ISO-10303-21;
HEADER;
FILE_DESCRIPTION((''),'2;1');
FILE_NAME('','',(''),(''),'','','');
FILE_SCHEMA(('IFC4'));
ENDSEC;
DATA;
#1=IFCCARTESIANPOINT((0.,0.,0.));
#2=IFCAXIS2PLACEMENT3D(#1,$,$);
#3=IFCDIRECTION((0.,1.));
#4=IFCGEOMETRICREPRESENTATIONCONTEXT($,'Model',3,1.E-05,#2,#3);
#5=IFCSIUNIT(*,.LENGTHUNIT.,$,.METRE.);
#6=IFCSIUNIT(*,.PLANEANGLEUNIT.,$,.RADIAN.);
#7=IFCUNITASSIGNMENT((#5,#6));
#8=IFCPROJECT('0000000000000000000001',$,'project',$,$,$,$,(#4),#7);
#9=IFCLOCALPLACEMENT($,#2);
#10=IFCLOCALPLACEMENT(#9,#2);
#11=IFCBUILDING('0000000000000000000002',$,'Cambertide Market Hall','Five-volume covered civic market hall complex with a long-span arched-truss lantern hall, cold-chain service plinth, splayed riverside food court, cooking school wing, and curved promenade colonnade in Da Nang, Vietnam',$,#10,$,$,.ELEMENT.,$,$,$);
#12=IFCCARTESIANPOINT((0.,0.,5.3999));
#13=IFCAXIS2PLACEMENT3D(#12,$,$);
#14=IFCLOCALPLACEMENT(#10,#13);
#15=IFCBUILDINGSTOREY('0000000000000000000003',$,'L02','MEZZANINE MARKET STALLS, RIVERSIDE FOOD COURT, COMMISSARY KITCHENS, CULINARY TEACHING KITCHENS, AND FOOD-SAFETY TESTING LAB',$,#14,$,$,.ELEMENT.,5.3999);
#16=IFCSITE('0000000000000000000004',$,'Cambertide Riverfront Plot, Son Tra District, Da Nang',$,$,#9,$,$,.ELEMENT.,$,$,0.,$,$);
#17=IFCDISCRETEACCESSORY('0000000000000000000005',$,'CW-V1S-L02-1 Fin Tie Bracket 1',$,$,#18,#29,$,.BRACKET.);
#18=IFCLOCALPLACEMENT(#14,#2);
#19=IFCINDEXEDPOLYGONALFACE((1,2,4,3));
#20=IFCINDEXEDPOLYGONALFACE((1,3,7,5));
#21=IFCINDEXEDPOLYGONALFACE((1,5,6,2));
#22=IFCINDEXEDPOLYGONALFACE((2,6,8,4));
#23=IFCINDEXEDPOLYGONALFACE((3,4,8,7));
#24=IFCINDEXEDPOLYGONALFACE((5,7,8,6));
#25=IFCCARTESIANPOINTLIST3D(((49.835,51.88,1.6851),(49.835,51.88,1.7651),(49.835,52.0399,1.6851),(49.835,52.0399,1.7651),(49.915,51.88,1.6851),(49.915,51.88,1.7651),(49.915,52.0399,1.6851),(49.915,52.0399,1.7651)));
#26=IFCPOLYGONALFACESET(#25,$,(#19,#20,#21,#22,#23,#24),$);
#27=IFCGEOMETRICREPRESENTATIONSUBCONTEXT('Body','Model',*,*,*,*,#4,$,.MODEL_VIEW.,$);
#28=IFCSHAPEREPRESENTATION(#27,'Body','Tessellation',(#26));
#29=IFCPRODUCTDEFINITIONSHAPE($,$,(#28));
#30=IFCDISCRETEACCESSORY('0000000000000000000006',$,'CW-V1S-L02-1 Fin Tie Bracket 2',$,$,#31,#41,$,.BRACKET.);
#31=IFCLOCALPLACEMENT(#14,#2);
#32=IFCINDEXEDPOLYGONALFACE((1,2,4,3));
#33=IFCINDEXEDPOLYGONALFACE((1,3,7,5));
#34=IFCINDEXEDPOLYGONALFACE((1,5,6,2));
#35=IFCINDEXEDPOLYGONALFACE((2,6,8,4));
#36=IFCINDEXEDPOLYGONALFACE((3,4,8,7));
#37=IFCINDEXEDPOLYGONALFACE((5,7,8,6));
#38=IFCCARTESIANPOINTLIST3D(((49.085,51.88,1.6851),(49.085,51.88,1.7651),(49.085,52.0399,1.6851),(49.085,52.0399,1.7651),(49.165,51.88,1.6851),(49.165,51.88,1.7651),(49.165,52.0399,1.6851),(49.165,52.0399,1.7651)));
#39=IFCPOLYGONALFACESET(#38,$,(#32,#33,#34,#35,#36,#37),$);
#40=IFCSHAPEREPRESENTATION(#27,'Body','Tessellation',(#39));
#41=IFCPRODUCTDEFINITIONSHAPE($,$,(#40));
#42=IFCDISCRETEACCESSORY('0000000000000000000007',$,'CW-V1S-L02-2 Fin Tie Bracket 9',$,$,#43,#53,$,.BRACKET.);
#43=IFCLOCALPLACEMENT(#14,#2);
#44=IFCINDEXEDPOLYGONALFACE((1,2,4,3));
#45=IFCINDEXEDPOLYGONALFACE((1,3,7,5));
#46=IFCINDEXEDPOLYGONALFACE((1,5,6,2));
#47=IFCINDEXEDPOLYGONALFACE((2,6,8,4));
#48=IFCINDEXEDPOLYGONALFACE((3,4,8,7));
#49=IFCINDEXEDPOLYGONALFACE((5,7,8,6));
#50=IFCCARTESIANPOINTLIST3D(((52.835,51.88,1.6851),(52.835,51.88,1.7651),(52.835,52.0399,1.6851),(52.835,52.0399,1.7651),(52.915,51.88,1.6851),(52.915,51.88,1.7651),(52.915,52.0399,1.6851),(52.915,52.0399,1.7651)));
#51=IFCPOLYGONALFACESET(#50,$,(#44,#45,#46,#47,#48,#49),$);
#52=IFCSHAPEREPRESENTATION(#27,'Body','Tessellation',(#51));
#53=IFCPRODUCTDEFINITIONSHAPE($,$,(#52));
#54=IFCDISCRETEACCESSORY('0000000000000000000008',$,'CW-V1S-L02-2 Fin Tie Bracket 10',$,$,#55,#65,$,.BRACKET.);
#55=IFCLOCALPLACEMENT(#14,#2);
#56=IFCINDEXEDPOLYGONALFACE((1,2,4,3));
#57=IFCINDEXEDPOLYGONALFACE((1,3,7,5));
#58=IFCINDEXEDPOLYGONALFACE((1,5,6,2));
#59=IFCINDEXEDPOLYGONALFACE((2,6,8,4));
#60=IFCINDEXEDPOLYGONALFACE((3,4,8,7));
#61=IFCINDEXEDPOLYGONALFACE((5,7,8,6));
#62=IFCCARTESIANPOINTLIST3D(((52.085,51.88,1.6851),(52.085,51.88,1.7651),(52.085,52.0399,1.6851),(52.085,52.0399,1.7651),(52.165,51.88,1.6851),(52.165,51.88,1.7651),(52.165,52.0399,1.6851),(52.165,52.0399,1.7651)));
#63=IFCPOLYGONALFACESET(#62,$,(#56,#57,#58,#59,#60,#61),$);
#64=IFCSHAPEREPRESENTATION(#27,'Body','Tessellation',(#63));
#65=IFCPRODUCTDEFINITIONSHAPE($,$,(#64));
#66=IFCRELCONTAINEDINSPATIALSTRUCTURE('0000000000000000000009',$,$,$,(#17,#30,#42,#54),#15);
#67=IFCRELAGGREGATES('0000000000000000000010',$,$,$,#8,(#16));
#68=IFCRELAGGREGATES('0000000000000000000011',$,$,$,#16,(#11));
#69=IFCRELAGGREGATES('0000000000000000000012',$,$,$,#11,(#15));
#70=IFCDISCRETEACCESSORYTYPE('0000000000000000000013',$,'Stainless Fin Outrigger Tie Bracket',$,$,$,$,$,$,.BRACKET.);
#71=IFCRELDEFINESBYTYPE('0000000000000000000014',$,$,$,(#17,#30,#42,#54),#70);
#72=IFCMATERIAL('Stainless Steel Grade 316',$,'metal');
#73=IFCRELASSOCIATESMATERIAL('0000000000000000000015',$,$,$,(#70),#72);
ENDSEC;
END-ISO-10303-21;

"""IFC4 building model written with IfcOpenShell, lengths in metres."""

from ifc_helpers import new_model, si_unit, direction, frame, origin, origin_2d, place, context, subcontext, project, spatial, rectangle, extrude, material, type_object, element, save


model = new_model("IFC4")

# Units and contexts
model_context = context("Model", 3, precision=1e-05, world=origin(), true_north=direction((0.0, 1.0)))
body_context = subcontext(model_context, "Body", "Model", "MODEL_VIEW")
ifc_project = project(units=[si_unit("LENGTHUNIT", "METRE"), si_unit("PLANEANGLEUNIT", "RADIAN")], contexts=[model_context])

# Site, building, storey
site_placement = place(None, origin())
site = spatial("IfcSite", under=ifc_project, at=site_placement, Name="Cambertide Riverfront Plot, Son Tra District, Da Nang", CompositionType="ELEMENT", RefElevation=0.0)
building_placement = place(site_placement, origin())
building = spatial("IfcBuilding", under=site, at=building_placement, Name="Cambertide Market Hall", Description="Five-volume covered civic market hall complex with a long-span arched-truss lantern hall, cold-chain service plinth, splayed riverside food court, cooking school wing, and curved promenade colonnade in Da Nang, Vietnam", CompositionType="ELEMENT")
storey_placement = place(building_placement, frame((0.0, 0.0, 5.3999)))
storey = spatial("IfcBuildingStorey", under=building, at=storey_placement, Name="L02", Description="MEZZANINE MARKET STALLS, RIVERSIDE FOOD COURT, COMMISSARY KITCHENS, CULINARY TEACHING KITCHENS, AND FOOD-SAFETY TESTING LAB", CompositionType="ELEMENT", Elevation=5.3999)

# Discrete accessories
ifc_material_1 = material(Name="Stainless Steel Grade 316", Category="metal")
discrete_accessory_type = type_object("IfcDiscreteAccessoryType", Name="Stainless Fin Outrigger Tie Bracket", PredefinedType="BRACKET", material=ifc_material_1)
for number, where, z_axis, x_axis, name in (
    (1, (49.875, 51.96, 1.6851), (0.0, 0.0, 1.0), (-1.0, 0.0, 0.0), "CW-V1S-L02-1 Fin Tie Bracket 1"),
    (2, (49.125, 51.96, 1.6851), (0.0, 0.0, 1.0), (-1.0, 0.0, 0.0), "CW-V1S-L02-1 Fin Tie Bracket 2"),
    (3, (52.875, 51.96, 1.6851), (0.0, 0.0, 1.0), (-1.0, 0.0, 0.0), "CW-V1S-L02-2 Fin Tie Bracket 9"),
    (4, (52.125, 51.96, 1.6851), (0.0, 0.0, 1.0), (-1.0, 0.0, 0.0), "CW-V1S-L02-2 Fin Tie Bracket 10"),
):
    element("IfcDiscreteAccessory", number, at=place(storey_placement, frame(where, z_axis=z_axis, x_axis=x_axis)), inside=storey, type_object=discrete_accessory_type, Name=name, PredefinedType="BRACKET", context=body_context, shape_type="SweptSolid", body=[
        extrude(rectangle(XDim=0.0801, YDim=0.1599, at=origin_2d()), origin(), (0.0, 0.0, 1.0), 0.0801),
    ])

save(model, "model.ifc")
